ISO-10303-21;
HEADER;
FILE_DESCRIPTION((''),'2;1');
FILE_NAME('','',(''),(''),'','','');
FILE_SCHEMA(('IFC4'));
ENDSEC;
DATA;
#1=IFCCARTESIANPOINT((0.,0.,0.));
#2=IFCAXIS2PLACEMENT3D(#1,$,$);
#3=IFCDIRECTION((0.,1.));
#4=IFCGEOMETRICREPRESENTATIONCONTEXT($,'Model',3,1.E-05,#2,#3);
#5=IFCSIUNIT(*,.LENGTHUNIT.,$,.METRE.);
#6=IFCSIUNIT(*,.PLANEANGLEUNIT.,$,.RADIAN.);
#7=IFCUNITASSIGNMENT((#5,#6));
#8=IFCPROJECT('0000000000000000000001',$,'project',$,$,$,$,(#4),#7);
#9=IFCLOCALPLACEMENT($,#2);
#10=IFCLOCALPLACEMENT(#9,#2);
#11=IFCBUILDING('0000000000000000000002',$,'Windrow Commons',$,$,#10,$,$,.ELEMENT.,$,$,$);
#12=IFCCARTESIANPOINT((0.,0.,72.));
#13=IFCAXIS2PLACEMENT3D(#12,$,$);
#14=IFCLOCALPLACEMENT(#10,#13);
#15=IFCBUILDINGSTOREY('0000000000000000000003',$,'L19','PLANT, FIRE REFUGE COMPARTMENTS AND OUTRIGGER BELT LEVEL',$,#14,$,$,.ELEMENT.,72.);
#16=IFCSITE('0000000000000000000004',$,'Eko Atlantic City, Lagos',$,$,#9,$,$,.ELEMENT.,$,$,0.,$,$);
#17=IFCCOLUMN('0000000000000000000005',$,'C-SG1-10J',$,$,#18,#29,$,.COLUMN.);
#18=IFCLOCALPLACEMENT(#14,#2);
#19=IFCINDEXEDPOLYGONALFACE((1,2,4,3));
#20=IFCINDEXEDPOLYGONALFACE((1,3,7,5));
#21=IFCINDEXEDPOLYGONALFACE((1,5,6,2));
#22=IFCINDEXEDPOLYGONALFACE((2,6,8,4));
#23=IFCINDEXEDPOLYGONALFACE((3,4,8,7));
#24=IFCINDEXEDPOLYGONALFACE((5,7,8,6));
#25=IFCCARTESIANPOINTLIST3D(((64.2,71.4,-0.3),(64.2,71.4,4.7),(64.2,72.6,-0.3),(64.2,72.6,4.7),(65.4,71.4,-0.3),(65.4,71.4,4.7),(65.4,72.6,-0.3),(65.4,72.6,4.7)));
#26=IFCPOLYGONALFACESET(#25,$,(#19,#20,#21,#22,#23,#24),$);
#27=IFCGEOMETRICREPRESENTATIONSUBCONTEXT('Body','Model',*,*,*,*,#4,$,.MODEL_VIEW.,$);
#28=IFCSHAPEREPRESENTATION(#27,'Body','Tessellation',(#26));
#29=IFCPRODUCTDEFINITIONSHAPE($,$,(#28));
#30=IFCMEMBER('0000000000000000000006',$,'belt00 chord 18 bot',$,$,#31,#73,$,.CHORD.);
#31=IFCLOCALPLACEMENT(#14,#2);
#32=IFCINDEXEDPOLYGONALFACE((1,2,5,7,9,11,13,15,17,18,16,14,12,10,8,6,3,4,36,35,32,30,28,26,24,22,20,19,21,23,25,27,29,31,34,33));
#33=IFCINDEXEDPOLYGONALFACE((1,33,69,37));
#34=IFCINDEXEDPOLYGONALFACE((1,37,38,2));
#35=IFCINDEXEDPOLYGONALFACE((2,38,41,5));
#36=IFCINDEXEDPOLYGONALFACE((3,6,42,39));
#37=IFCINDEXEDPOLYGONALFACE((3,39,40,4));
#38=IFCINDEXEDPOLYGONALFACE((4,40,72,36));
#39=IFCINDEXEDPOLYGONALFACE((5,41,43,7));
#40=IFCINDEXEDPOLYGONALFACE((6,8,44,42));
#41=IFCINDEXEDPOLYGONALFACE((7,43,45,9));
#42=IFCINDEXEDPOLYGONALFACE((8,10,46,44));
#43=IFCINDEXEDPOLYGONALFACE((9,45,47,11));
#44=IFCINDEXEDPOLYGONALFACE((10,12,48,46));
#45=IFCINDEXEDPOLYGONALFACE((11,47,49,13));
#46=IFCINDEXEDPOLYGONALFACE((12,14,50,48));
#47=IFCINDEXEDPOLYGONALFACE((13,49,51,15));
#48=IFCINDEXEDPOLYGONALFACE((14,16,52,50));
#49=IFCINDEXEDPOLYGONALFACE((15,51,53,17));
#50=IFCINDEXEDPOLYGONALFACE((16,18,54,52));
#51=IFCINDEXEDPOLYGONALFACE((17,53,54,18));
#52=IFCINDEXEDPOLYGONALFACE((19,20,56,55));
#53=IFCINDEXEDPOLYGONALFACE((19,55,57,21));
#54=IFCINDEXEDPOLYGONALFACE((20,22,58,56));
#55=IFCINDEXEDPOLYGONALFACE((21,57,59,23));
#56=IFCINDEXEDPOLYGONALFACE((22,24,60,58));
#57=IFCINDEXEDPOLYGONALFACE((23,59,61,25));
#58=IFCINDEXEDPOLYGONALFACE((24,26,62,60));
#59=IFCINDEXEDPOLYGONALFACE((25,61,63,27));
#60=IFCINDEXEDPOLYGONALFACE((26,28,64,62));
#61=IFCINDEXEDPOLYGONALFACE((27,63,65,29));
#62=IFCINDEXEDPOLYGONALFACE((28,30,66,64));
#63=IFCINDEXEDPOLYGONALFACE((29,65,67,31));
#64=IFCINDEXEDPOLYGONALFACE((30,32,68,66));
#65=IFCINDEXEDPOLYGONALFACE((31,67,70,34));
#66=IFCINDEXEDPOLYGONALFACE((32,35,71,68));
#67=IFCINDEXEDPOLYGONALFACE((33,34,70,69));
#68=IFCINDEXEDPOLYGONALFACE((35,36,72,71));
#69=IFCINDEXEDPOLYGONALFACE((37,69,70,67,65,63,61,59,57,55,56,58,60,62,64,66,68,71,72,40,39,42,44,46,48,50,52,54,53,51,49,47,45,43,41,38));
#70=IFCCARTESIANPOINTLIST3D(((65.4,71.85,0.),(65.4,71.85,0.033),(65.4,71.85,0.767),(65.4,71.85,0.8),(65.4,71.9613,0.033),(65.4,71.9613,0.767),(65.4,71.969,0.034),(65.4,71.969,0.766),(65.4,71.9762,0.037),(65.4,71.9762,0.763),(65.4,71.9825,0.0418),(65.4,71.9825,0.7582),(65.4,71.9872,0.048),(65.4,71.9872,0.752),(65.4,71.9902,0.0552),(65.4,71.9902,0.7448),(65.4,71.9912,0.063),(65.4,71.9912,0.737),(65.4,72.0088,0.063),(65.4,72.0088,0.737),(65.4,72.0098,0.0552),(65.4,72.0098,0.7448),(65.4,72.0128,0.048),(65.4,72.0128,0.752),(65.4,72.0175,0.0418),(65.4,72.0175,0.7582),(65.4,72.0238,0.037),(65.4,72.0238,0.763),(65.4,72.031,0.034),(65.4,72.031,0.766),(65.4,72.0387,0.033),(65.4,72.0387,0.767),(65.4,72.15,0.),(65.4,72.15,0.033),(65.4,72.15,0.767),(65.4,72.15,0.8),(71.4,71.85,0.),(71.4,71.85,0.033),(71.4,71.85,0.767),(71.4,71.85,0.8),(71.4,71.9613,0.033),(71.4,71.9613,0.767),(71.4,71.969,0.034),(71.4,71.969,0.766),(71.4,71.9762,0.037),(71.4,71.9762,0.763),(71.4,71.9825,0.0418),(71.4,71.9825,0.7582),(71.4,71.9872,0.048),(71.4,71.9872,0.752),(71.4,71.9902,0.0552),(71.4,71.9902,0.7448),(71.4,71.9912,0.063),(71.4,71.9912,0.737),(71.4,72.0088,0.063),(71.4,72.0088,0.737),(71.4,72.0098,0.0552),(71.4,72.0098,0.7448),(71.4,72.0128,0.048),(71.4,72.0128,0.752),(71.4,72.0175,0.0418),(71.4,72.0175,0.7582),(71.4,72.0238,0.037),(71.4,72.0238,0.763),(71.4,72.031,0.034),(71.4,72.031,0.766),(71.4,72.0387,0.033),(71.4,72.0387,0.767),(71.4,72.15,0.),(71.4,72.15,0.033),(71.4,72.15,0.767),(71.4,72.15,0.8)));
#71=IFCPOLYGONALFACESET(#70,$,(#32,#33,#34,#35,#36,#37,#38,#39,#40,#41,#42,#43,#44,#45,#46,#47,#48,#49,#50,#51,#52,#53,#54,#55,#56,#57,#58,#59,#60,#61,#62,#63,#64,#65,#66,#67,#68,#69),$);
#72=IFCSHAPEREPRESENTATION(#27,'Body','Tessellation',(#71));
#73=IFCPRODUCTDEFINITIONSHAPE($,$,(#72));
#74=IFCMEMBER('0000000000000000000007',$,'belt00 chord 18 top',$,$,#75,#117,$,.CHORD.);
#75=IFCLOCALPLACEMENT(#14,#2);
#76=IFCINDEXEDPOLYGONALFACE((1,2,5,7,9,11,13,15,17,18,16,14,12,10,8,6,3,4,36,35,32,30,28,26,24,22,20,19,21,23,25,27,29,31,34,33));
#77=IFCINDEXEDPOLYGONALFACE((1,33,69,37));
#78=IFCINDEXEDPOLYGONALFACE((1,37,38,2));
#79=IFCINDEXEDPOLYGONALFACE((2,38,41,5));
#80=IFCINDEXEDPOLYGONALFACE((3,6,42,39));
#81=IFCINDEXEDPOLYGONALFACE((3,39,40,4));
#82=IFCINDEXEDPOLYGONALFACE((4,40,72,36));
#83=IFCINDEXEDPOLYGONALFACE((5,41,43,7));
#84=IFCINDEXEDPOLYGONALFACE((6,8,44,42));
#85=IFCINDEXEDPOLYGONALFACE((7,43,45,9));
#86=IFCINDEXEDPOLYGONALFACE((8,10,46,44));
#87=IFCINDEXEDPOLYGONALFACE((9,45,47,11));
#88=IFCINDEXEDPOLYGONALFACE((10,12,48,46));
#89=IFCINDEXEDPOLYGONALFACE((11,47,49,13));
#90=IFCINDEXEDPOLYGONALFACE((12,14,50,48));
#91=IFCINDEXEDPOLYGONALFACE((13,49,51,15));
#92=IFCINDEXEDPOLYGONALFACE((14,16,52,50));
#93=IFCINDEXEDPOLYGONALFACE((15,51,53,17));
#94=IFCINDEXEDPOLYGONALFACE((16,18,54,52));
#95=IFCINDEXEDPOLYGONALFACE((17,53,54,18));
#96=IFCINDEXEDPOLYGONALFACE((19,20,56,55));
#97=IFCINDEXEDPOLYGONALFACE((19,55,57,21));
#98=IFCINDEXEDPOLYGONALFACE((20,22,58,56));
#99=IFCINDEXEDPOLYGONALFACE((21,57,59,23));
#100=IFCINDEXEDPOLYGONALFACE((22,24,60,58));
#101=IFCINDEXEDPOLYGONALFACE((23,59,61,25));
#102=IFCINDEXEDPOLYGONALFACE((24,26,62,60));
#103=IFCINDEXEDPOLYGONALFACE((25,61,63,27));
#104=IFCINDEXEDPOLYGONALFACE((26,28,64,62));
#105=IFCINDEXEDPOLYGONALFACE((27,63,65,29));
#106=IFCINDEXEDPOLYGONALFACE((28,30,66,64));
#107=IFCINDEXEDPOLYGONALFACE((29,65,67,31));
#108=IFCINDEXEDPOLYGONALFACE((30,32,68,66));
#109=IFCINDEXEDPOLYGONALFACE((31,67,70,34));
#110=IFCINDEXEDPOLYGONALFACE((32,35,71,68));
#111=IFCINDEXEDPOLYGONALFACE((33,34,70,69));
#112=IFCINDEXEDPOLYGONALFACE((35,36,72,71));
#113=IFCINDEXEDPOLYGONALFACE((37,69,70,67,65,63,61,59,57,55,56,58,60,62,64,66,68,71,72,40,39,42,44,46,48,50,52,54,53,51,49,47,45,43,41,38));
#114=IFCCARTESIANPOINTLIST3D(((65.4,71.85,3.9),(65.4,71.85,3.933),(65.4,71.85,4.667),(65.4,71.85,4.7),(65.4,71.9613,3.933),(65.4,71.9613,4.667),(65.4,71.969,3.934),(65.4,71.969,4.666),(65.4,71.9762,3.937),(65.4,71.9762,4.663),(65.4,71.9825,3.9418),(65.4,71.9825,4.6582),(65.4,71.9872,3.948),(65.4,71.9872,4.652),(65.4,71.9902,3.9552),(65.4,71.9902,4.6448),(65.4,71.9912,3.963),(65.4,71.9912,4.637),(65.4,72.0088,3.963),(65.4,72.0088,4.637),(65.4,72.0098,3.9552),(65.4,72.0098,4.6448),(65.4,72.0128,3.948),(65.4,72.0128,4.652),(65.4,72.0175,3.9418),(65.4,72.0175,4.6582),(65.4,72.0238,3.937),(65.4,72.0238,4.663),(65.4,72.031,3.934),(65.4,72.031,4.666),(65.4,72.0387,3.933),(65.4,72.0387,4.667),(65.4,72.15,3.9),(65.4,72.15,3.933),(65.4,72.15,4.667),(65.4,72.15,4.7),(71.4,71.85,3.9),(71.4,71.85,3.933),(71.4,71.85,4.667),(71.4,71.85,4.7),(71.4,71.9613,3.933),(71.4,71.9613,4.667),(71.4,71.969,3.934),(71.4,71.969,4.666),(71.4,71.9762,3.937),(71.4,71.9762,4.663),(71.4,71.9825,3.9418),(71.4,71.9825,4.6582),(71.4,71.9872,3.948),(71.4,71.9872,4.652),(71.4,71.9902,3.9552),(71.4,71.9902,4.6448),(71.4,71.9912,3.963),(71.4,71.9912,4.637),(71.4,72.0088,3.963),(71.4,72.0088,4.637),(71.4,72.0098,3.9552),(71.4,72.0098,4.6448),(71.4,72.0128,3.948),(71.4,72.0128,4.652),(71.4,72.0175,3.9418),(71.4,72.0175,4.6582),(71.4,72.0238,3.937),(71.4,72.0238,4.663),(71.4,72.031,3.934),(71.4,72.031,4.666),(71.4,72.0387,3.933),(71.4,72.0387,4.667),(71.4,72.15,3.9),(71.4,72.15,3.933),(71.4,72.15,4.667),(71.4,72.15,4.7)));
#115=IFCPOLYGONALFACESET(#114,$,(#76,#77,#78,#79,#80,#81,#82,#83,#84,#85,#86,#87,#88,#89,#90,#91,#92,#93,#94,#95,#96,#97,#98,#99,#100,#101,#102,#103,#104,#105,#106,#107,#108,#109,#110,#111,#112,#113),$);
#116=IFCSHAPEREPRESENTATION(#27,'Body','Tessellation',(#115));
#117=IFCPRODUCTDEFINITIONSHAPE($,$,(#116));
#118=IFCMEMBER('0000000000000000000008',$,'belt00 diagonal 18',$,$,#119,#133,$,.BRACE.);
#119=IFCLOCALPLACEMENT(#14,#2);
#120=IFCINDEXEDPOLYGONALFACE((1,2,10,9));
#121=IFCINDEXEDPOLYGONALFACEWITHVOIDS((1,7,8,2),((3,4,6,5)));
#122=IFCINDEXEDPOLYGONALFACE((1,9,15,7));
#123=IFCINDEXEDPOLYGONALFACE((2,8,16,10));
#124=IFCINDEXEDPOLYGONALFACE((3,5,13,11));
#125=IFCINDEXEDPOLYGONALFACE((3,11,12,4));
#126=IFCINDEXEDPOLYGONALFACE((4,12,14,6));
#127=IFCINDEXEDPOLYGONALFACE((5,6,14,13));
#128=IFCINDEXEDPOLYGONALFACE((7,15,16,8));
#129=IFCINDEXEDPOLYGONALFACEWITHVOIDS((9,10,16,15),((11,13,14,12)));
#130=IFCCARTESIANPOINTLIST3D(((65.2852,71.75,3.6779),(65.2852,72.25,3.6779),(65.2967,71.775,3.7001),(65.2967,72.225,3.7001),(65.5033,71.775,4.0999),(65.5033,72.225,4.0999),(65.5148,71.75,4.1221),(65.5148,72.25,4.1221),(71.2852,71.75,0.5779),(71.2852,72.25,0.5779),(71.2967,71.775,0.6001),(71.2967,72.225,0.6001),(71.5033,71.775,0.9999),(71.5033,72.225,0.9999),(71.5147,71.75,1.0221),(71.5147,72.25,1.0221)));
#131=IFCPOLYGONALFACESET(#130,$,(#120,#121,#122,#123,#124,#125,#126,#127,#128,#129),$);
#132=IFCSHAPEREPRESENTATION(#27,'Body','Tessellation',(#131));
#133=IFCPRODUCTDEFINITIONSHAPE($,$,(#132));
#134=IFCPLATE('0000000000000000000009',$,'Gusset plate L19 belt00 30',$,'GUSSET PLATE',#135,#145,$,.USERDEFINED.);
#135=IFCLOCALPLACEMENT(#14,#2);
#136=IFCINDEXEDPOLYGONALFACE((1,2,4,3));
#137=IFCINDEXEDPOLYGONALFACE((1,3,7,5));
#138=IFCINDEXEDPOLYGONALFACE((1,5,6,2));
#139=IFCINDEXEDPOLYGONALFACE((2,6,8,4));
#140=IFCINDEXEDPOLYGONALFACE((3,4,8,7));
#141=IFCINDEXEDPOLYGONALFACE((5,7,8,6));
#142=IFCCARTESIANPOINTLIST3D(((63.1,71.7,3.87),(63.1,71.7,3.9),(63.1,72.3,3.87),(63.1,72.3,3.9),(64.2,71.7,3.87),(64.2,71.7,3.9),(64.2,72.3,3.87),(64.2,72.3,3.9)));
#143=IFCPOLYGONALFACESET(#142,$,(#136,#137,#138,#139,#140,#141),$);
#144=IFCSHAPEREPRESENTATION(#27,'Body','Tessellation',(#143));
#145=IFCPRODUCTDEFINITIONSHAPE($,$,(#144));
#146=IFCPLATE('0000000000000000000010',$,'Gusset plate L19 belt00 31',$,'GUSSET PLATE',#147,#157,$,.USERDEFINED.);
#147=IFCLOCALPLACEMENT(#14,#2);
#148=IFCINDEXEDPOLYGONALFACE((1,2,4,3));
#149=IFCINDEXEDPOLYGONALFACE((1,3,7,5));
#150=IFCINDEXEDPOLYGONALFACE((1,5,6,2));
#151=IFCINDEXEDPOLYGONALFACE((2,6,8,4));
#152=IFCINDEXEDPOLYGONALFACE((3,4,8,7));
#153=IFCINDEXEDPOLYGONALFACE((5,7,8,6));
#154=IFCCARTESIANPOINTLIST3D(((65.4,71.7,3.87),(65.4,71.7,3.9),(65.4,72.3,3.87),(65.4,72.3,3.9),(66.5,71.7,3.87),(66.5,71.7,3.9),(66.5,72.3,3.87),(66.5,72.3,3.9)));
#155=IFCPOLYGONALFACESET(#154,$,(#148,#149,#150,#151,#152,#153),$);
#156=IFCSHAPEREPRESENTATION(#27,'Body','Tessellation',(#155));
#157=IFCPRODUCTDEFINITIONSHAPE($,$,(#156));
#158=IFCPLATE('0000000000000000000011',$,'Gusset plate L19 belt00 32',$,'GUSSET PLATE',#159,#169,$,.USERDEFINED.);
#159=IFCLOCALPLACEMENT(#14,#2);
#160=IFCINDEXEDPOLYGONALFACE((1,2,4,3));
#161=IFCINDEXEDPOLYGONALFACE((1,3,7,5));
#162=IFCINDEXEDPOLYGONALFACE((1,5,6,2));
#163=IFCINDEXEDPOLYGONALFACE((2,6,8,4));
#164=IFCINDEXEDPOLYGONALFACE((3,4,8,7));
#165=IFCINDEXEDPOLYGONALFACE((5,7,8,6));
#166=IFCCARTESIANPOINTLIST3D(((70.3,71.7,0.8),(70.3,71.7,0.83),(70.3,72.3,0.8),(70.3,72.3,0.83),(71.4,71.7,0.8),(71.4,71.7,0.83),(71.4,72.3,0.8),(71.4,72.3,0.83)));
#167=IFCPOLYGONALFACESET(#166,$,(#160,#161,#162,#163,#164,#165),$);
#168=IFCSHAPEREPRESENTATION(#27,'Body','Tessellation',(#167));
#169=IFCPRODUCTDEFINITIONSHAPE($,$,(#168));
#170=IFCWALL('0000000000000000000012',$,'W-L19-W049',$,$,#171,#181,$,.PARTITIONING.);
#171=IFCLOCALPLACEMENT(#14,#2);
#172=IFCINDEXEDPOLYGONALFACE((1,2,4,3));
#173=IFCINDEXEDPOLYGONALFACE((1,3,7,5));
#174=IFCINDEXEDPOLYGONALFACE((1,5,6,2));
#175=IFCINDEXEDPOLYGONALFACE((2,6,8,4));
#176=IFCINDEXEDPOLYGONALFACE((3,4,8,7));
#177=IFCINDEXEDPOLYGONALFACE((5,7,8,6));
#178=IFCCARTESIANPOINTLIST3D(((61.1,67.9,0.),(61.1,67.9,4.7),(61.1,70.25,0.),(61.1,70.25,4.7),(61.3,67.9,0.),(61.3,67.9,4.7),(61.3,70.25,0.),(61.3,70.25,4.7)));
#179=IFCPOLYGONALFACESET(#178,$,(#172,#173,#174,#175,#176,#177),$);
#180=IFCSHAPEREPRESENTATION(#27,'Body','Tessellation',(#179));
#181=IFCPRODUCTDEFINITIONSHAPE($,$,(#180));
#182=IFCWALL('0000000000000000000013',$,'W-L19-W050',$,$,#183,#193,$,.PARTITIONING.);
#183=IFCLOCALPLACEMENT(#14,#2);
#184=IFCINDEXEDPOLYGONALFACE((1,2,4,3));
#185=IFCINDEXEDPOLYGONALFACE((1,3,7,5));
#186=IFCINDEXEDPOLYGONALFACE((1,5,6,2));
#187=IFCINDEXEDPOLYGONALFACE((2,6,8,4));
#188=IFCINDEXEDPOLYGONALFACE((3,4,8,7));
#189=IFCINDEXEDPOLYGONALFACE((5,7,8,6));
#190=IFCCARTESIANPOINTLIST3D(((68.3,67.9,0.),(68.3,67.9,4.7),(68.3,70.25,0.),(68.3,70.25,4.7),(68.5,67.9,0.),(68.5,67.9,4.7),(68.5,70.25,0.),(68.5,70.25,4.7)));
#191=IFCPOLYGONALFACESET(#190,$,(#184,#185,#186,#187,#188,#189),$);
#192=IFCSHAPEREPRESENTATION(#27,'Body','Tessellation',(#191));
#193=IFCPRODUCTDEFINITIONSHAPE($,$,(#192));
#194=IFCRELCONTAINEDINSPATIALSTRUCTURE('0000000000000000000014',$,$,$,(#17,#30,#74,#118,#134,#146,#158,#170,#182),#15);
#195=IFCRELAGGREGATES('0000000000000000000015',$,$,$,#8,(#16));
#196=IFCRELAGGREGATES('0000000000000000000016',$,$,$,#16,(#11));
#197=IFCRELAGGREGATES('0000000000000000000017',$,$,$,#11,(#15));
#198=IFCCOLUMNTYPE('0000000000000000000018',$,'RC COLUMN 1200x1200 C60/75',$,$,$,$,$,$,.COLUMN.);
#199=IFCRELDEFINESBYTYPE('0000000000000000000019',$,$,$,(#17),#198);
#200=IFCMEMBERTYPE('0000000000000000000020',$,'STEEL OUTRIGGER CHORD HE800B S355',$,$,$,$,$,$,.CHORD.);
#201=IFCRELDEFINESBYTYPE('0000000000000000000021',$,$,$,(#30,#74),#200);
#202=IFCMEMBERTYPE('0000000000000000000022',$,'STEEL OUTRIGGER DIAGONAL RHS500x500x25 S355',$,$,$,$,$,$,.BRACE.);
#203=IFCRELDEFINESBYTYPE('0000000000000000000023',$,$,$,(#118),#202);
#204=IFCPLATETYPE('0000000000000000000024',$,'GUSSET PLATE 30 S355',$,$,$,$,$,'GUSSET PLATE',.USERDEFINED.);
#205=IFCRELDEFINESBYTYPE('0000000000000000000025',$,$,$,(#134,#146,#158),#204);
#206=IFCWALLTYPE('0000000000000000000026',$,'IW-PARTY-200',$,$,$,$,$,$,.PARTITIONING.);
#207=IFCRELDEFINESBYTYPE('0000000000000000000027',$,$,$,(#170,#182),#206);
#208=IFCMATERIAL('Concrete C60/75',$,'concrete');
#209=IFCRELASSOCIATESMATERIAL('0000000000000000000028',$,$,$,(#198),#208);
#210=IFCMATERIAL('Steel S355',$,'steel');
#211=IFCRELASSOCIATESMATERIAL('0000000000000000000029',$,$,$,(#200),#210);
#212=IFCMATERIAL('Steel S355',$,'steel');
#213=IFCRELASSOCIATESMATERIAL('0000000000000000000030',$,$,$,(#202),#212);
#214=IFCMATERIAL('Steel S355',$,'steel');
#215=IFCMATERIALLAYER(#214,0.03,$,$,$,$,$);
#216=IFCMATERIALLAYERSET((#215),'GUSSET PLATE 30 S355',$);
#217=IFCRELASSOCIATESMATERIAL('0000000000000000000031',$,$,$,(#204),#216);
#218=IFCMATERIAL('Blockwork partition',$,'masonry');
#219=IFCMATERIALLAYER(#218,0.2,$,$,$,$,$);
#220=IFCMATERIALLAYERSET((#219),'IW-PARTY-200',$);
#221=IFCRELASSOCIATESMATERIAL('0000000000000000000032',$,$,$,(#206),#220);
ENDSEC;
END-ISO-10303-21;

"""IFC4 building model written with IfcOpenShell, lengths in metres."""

from ifc_helpers import new_model, si_unit, direction, frame, frame_2d, origin, origin_2d, place, context, subcontext, project, spatial, rectangle, hollow_rectangle, i_section, extrude, material, layer, layer_set, material_profile, profile_set, type_object, element, save


model = new_model("IFC4")

# Units and contexts
model_context = context("Model", 3, precision=1e-05, world=origin(), true_north=direction((0.0, 1.0)))
body_context = subcontext(model_context, "Body", "Model", "MODEL_VIEW")
ifc_project = project(units=[si_unit("LENGTHUNIT", "METRE"), si_unit("PLANEANGLEUNIT", "RADIAN")], contexts=[model_context])

# Site, building, storey
site_placement = place(None, origin())
site = spatial("IfcSite", under=ifc_project, at=site_placement, Name="Eko Atlantic City, Lagos", CompositionType="ELEMENT", RefElevation=0.0)
building_placement = place(site_placement, origin())
building = spatial("IfcBuilding", under=site, at=building_placement, Name="Windrow Commons", CompositionType="ELEMENT")
storey_placement = place(building_placement, frame((0.0, 0.0, 72.0)))
storey = spatial("IfcBuildingStorey", under=building, at=storey_placement, Name="L19", Description="PLANT, FIRE REFUGE COMPARTMENTS AND OUTRIGGER BELT LEVEL", CompositionType="ELEMENT", Elevation=72.0)

# Column
ifc_material_1 = material(Name="Concrete C60/75", Category="concrete")
ifc_material_profile_1 = material_profile(ifc_material_1, rectangle(XDim=1.2, YDim=1.2, at=origin_2d()))
ifc_profile_set_1 = profile_set([ifc_material_profile_1], Name="Concrete C60/75")
column_type = type_object("IfcColumnType", Name="RC COLUMN 1200x1200 C60/75", PredefinedType="COLUMN", material=ifc_profile_set_1)
column_placement = place(storey_placement, frame((64.8, 72.0, -0.3), z_axis=(0.0, 0.0, 1.0), x_axis=(1.0, 0.0, 0.0)))
element("IfcColumn", 1, at=column_placement, inside=storey, type_object=column_type, Name="C-SG1-10J", PredefinedType="COLUMN", context=body_context, shape_type="SweptSolid", body=[
    extrude(rectangle(XDim=1.2, YDim=1.2, at=origin_2d()), origin(), (0.0, 0.0, 1.0), 5.0),
])

# Members
ifc_material_2 = material(Name="Steel S355", Category="steel")
ifc_material_profile_2 = material_profile(ifc_material_2, i_section(OverallWidth=0.3, OverallDepth=0.8, WebThickness=0.0175, FlangeThickness=0.033, FilletRadius=0.03, at=origin_2d()))
ifc_profile_set_2 = profile_set([ifc_material_profile_2], Name="Steel S355")
member_type_1 = type_object("IfcMemberType", Name="STEEL OUTRIGGER CHORD HE800B S355", PredefinedType="CHORD", material=ifc_profile_set_2)
for number, where, z_axis, x_axis, name in (
    (2, (65.4, 72.0, 0.4), (1.0, 0.0, 0.0), (0.0, 1.0, 0.0), "belt00 chord 18 bot"),
    (3, (65.4, 72.0, 4.3), (1.0, 0.0, 0.0), (0.0, 1.0, 0.0), "belt00 chord 18 top"),
):
    element("IfcMember", number, at=place(storey_placement, frame(where, z_axis=z_axis, x_axis=x_axis)), inside=storey, type_object=member_type_1, Name=name, PredefinedType="CHORD", context=body_context, shape_type="SweptSolid", body=[
        extrude(i_section(OverallWidth=0.3, OverallDepth=0.8, WebThickness=0.0175, FlangeThickness=0.033, FilletRadius=0.03, at=origin_2d()), origin(), (0.0, 0.0, 1.0), 6.0),
    ])
ifc_material_3 = material(Name="Steel S355", Category="steel")
ifc_material_profile_3 = material_profile(ifc_material_3, hollow_rectangle(XDim=0.5, YDim=0.5, WallThickness=0.025, at=origin_2d()))
ifc_profile_set_3 = profile_set([ifc_material_profile_3], Name="Steel S355")
member_type_2 = type_object("IfcMemberType", Name="STEEL OUTRIGGER DIAGONAL RHS500x500x25 S355", PredefinedType="BRACE", material=ifc_profile_set_3)
member_placement = place(storey_placement, frame((65.4, 72.0, 3.9), z_axis=(0.888426, 0.0, -0.45902), x_axis=(0.0, 1.0, 0.0)))
element("IfcMember", 4, at=member_placement, inside=storey, type_object=member_type_2, Name="belt00 diagonal 18", PredefinedType="BRACE", context=body_context, shape_type="SweptSolid", body=[
    extrude(hollow_rectangle(XDim=0.5, YDim=0.5, WallThickness=0.025, at=origin_2d()), origin(), (0.0, 0.0, 1.0), 6.7535),
])

# Plates
ifc_material_4 = material(Name="Steel S355", Category="steel")
ifc_layer_1 = layer(ifc_material_4, 0.03)
ifc_layer_set_1 = layer_set([ifc_layer_1], Name="GUSSET PLATE 30 S355")
plate_type = type_object("IfcPlateType", Name="GUSSET PLATE 30 S355", ElementType="GUSSET PLATE", PredefinedType="USERDEFINED", material=ifc_layer_set_1)
for number, where, z_axis, x_axis, name in (
    (5, (63.65, 72.0, 3.87), (0.0, 0.0, 1.0), (1.0, 0.0, 0.0), "Gusset plate L19 belt00 30"),
    (6, (65.95, 72.0, 3.87), (0.0, 0.0, 1.0), (1.0, 0.0, 0.0), "Gusset plate L19 belt00 31"),
    (7, (70.85, 72.0, 0.8), (0.0, 0.0, 1.0), (1.0, 0.0, 0.0), "Gusset plate L19 belt00 32"),
):
    element("IfcPlate", number, at=place(storey_placement, frame(where, z_axis=z_axis, x_axis=x_axis)), inside=storey, type_object=plate_type, Name=name, ObjectType="GUSSET PLATE", PredefinedType="USERDEFINED", context=body_context, shape_type="SweptSolid", body=[
        extrude(rectangle(XDim=1.1, YDim=0.6, at=origin_2d()), origin(), (0.0, 0.0, 1.0), 0.03),
    ])

# Walls
ifc_material_5 = material(Name="Blockwork partition", Category="masonry")
ifc_layer_2 = layer(ifc_material_5, 0.2)
ifc_layer_set_2 = layer_set([ifc_layer_2], Name="IW-PARTY-200")
wall_type_1 = type_object("IfcWallType", Name="IW-PARTY-200", PredefinedType="PARTITIONING", material=ifc_layer_set_2)
for number, where, z_axis, x_axis, name in (
    (8, (61.2, 67.9, 0.0), (0.0, 0.0, 1.0), (0.0, 1.0, 0.0), "W-L19-W049"),
    (9, (68.4, 67.9, 0.0), (0.0, 0.0, 1.0), (0.0, 1.0, 0.0), "W-L19-W050"),
):
    element("IfcWall", number, at=place(storey_placement, frame(where, z_axis=z_axis, x_axis=x_axis)), inside=storey, type_object=wall_type_1, Name=name, PredefinedType="PARTITIONING", context=body_context, shape_type="SweptSolid", body=[
        extrude(rectangle(XDim=2.35, YDim=0.2, at=frame_2d((1.175, 0.0))), origin(), (0.0, 0.0, 1.0), 4.7),
    ])

save(model, "model.ifc")
